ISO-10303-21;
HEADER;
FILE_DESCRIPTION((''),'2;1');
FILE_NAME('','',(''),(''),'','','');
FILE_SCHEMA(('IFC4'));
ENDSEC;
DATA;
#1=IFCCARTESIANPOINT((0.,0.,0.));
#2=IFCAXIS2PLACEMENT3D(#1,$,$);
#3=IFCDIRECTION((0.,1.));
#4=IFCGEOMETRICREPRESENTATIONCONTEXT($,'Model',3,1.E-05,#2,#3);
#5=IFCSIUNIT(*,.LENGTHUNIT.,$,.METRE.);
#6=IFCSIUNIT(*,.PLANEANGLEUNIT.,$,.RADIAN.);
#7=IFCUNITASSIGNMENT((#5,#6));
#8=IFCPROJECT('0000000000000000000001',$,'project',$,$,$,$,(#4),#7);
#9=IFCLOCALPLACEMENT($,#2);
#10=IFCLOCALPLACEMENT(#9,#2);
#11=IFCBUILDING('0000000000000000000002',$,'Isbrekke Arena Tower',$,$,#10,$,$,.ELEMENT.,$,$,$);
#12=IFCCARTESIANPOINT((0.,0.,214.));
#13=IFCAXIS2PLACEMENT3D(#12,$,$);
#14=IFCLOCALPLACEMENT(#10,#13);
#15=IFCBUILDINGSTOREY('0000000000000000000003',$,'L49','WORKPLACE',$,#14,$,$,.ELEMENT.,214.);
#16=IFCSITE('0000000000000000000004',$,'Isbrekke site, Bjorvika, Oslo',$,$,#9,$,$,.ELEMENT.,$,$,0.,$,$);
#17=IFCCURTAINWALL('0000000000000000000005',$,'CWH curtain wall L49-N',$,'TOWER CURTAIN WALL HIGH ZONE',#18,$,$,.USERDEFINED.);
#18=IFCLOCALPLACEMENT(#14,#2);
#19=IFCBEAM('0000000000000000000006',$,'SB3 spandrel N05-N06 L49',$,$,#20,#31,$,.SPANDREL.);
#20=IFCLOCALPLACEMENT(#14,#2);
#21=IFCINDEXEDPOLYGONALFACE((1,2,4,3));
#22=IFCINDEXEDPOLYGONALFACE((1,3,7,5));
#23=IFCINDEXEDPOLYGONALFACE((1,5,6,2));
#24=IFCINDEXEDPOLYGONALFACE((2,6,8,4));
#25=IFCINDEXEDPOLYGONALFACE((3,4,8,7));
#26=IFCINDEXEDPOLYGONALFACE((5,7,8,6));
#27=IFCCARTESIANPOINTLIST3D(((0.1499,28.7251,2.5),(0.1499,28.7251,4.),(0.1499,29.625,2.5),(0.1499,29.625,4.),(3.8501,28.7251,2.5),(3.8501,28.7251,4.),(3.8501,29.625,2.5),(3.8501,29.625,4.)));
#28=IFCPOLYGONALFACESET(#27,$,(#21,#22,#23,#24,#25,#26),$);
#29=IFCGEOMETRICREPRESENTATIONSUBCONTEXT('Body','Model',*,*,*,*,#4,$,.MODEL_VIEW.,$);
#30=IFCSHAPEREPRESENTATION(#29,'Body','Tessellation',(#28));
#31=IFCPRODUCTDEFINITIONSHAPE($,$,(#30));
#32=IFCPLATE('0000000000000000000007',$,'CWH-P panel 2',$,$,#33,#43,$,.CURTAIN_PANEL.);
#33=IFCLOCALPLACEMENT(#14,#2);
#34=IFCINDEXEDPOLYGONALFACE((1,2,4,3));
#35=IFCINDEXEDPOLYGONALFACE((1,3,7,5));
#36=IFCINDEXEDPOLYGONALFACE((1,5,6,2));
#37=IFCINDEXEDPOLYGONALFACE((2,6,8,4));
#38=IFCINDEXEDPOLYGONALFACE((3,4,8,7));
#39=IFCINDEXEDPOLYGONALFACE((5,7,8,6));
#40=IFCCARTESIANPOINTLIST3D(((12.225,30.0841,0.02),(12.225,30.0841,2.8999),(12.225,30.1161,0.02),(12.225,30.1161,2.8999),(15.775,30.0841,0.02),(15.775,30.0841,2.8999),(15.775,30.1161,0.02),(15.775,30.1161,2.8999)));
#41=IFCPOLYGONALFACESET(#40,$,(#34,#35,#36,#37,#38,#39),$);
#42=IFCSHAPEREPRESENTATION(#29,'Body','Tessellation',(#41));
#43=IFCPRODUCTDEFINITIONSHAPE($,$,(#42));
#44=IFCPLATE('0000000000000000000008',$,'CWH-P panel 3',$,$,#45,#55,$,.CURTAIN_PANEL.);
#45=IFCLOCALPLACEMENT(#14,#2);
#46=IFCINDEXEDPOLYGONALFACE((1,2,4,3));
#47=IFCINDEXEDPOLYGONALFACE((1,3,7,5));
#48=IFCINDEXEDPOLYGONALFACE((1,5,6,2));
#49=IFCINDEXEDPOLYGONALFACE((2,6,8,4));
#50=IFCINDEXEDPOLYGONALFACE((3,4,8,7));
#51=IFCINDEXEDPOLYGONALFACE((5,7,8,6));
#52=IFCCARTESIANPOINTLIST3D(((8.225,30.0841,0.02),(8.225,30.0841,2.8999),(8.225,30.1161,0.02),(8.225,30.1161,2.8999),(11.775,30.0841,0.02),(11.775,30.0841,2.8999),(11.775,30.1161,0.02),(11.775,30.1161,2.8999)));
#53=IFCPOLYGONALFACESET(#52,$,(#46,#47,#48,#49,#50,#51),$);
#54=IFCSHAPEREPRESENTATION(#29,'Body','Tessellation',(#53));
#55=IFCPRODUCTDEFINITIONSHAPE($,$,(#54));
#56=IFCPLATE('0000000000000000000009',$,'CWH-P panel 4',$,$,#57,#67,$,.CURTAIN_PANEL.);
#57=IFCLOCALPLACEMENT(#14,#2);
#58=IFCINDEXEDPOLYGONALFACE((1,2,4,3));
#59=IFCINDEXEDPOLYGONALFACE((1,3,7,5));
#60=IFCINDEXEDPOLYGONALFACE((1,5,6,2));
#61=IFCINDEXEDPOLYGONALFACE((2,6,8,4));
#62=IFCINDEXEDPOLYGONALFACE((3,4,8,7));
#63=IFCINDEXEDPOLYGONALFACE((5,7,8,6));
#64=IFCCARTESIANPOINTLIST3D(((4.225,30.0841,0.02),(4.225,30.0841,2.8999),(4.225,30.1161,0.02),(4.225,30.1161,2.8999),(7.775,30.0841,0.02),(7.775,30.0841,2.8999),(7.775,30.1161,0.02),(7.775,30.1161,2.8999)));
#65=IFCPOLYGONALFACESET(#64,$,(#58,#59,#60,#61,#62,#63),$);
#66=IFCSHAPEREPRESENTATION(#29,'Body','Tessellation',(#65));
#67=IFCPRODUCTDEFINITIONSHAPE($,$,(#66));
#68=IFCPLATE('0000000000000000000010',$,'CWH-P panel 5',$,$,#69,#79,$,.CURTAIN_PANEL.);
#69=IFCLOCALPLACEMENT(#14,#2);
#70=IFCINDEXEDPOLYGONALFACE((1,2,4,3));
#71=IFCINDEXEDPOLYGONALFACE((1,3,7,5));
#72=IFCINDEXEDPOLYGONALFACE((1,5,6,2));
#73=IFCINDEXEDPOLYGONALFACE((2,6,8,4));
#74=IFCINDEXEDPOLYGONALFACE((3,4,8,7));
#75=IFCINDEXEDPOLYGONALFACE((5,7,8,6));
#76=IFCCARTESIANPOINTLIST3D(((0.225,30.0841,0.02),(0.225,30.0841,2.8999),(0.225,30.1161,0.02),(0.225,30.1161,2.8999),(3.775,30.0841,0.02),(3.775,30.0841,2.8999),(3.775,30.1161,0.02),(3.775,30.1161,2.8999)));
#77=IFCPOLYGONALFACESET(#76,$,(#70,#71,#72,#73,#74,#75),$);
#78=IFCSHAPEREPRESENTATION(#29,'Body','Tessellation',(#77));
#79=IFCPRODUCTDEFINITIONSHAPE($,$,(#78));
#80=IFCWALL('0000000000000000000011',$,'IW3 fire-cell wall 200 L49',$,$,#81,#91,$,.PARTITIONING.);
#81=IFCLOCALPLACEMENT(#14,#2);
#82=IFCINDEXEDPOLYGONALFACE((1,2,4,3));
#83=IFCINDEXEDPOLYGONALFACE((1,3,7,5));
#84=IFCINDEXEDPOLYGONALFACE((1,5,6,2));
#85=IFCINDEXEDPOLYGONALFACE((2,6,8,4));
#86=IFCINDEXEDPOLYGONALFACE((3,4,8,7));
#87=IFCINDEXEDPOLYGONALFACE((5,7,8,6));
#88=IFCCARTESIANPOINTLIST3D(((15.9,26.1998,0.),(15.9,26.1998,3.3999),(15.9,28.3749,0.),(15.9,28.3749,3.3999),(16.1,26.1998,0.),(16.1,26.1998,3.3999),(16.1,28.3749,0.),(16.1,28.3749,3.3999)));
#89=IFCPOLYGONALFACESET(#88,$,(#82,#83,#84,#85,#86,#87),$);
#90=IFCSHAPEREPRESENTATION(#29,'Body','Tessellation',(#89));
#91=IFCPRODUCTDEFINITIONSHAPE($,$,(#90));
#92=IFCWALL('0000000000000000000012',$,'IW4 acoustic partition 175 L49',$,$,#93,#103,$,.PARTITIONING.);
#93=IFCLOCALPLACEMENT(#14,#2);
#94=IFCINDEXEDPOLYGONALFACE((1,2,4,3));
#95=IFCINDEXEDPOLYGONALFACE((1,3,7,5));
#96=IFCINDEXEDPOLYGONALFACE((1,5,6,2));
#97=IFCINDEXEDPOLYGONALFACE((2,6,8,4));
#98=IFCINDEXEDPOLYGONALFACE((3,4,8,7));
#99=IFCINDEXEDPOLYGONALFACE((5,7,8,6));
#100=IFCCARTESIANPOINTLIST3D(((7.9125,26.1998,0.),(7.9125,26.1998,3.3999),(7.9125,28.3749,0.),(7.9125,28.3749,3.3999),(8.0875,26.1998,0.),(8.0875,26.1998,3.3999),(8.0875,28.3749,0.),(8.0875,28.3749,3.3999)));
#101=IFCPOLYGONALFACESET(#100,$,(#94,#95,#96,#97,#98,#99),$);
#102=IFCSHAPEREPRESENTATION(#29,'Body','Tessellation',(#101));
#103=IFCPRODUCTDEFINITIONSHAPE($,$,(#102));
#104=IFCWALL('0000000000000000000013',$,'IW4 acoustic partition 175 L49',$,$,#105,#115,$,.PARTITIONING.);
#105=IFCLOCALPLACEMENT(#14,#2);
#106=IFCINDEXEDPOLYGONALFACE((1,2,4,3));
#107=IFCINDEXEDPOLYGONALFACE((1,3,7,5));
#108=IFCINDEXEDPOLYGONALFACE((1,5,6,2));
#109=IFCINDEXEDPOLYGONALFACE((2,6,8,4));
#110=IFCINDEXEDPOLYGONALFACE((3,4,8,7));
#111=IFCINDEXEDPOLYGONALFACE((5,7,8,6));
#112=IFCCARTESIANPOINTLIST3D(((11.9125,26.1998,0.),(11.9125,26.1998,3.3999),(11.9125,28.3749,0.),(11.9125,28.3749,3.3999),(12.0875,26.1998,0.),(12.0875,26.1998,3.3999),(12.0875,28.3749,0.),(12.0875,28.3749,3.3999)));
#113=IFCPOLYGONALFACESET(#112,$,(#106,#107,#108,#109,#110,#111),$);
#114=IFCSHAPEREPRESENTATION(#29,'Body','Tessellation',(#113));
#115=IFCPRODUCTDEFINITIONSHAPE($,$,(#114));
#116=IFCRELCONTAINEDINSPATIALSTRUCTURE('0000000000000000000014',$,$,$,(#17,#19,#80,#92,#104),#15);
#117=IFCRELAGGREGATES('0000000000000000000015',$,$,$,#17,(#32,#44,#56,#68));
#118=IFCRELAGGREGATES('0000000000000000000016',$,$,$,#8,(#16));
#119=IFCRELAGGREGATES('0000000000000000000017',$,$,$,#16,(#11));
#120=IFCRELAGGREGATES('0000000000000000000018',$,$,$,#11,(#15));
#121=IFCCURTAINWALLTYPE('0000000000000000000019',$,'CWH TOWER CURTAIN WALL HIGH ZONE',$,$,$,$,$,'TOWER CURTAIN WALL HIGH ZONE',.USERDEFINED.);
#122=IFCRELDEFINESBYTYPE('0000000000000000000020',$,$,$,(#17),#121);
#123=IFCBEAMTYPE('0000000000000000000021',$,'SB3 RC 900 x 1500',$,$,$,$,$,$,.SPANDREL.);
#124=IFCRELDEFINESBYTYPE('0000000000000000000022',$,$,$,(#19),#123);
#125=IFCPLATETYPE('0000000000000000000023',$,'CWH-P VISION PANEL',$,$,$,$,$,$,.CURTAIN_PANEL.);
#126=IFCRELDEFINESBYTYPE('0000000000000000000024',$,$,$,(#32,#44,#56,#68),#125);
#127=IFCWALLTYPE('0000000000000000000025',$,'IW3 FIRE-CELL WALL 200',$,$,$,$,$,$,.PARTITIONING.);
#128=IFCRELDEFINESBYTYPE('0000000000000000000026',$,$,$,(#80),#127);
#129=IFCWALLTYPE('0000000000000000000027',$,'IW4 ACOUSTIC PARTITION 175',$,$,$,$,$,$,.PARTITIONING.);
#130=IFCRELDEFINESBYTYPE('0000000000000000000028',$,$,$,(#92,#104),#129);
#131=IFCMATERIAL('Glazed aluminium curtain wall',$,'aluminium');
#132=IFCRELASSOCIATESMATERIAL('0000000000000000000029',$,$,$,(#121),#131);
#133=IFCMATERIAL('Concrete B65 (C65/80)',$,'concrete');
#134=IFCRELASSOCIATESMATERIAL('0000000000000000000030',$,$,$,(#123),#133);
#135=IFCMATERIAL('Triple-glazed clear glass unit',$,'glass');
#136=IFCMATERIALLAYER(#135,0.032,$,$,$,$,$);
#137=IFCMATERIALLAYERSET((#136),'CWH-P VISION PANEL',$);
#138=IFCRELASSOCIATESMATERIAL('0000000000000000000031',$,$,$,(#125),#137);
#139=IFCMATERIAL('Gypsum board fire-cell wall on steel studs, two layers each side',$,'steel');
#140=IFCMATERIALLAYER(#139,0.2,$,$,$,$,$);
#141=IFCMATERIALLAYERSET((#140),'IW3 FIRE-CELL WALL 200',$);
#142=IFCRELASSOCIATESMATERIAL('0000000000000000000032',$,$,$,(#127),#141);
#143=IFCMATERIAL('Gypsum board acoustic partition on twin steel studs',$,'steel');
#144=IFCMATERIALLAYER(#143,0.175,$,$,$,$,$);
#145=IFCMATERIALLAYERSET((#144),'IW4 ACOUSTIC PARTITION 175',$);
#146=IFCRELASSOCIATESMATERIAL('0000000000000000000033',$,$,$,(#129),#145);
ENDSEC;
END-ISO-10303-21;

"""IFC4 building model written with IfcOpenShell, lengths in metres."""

from ifc_helpers import new_model, si_unit, direction, frame, frame_2d, origin, origin_2d, place, context, subcontext, project, spatial, rectangle, extrude, material, layer, layer_set, material_profile, profile_set, type_object, element, aggregate, save


model = new_model("IFC4")

# Units and contexts
model_context = context("Model", 3, precision=1e-05, world=origin(), true_north=direction((0.0, 1.0)))
body_context = subcontext(model_context, "Body", "Model", "MODEL_VIEW")
ifc_project = project(units=[si_unit("LENGTHUNIT", "METRE"), si_unit("PLANEANGLEUNIT", "RADIAN")], contexts=[model_context])

# Site, building, storey
site_placement = place(None, origin())
site = spatial("IfcSite", under=ifc_project, at=site_placement, Name="Isbrekke site, Bjorvika, Oslo", CompositionType="ELEMENT", RefElevation=0.0)
building_placement = place(site_placement, origin())
building = spatial("IfcBuilding", under=site, at=building_placement, Name="Isbrekke Arena Tower", CompositionType="ELEMENT")
storey_placement = place(building_placement, frame((0.0, 0.0, 214.0)))
storey = spatial("IfcBuildingStorey", under=building, at=storey_placement, Name="L49", Description="WORKPLACE", CompositionType="ELEMENT", Elevation=214.0)

# Curtain wall
ifc_material_1 = material(Name="Glazed aluminium curtain wall", Category="aluminium")
curtain_wall_type = type_object("IfcCurtainWallType", Name="CWH TOWER CURTAIN WALL HIGH ZONE", ElementType="TOWER CURTAIN WALL HIGH ZONE", PredefinedType="USERDEFINED", material=ifc_material_1)
curtain_wall_placement = place(storey_placement, origin())
curtain_wall = element("IfcCurtainWall", 1, at=curtain_wall_placement, inside=storey, type_object=curtain_wall_type, Name="CWH curtain wall L49-N", ObjectType="TOWER CURTAIN WALL HIGH ZONE", PredefinedType="USERDEFINED")

# Beam
ifc_material_2 = material(Name="Concrete B65 (C65/80)", Category="concrete")
ifc_material_profile_1 = material_profile(ifc_material_2, rectangle(XDim=0.8999, YDim=1.5, at=origin_2d()), Name="RC 900x1500")
ifc_profile_set_1 = profile_set([ifc_material_profile_1], Name="Concrete B65 (C65/80)")
beam_type_1 = type_object("IfcBeamType", Name="SB3 RC 900 x 1500", PredefinedType="SPANDREL", material=ifc_profile_set_1)
for number, where, z_axis, x_axis, name in (
    (2, (3.8501, 29.175, 3.25), (-1.0, 0.0, 0.0), (0.0, -1.0, 0.0), "SB3 spandrel N05-N06 L49"),
):
    element("IfcBeam", number, at=place(storey_placement, frame(where, z_axis=z_axis, x_axis=x_axis)), inside=storey, type_object=beam_type_1, Name=name, PredefinedType="SPANDREL", context=body_context, shape_type="SweptSolid", body=[
        extrude(rectangle(XDim=0.8999, YDim=1.5, at=origin_2d()), origin(), (0.0, 0.0, 1.0), 3.7002),
    ])

# Plates
ifc_material_3 = material(Name="Triple-glazed clear glass unit", Category="glass")
ifc_layer_1 = layer(ifc_material_3, 0.032)
ifc_layer_set_1 = layer_set([ifc_layer_1], Name="CWH-P VISION PANEL")
plate_type = type_object("IfcPlateType", Name="CWH-P VISION PANEL", PredefinedType="CURTAIN_PANEL", material=ifc_layer_set_1)
plate_1_placement = place(storey_placement, frame((14.0, 30.1001, 0.02), z_axis=(0.0, 0.0, 1.0), x_axis=(-1.0, 0.0, 0.0)))
plate_1 = element("IfcPlate", 3, at=plate_1_placement, type_object=plate_type, Name="CWH-P panel 2", PredefinedType="CURTAIN_PANEL", context=body_context, shape_type="SweptSolid", body=[
    extrude(rectangle(XDim=3.55, YDim=0.032, at=origin_2d()), origin(), (0.0, 0.0, 1.0), 2.8799),
])
plate_2_placement = place(storey_placement, frame((10.0, 30.1001, 0.02), z_axis=(0.0, 0.0, 1.0), x_axis=(-1.0, 0.0, 0.0)))
plate_2 = element("IfcPlate", 4, at=plate_2_placement, type_object=plate_type, Name="CWH-P panel 3", PredefinedType="CURTAIN_PANEL", context=body_context, shape_type="SweptSolid", body=[
    extrude(rectangle(XDim=3.55, YDim=0.032, at=origin_2d()), origin(), (0.0, 0.0, 1.0), 2.8799),
])
plate_3_placement = place(storey_placement, frame((6.0, 30.1001, 0.02), z_axis=(0.0, 0.0, 1.0), x_axis=(-1.0, 0.0, 0.0)))
plate_3 = element("IfcPlate", 5, at=plate_3_placement, type_object=plate_type, Name="CWH-P panel 4", PredefinedType="CURTAIN_PANEL", context=body_context, shape_type="SweptSolid", body=[
    extrude(rectangle(XDim=3.55, YDim=0.032, at=origin_2d()), origin(), (0.0, 0.0, 1.0), 2.8799),
])
plate_4_placement = place(storey_placement, frame((2.0, 30.1001, 0.02), z_axis=(0.0, 0.0, 1.0), x_axis=(-1.0, 0.0, 0.0)))
plate_4 = element("IfcPlate", 6, at=plate_4_placement, type_object=plate_type, Name="CWH-P panel 5", PredefinedType="CURTAIN_PANEL", context=body_context, shape_type="SweptSolid", body=[
    extrude(rectangle(XDim=3.55, YDim=0.032, at=origin_2d()), origin(), (0.0, 0.0, 1.0), 2.8799),
])
aggregate(curtain_wall, [plate_1, plate_2, plate_3, plate_4])

# Walls
ifc_material_4 = material(Name="Gypsum board fire-cell wall on steel studs, two layers each side", Category="steel")
ifc_layer_2 = layer(ifc_material_4, 0.2)
ifc_layer_set_2 = layer_set([ifc_layer_2], Name="IW3 FIRE-CELL WALL 200")
wall_type_1 = type_object("IfcWallType", Name="IW3 FIRE-CELL WALL 200", PredefinedType="PARTITIONING", material=ifc_layer_set_2)
wall_placement = place(storey_placement, frame((16.0, 26.2, 0.0), z_axis=(0.0, 0.0, 1.0), x_axis=(0.0, 1.0, 0.0)))
element("IfcWall", 7, at=wall_placement, inside=storey, type_object=wall_type_1, Name="IW3 fire-cell wall 200 L49", PredefinedType="PARTITIONING", context=body_context, shape_type="SweptSolid", body=[
    extrude(rectangle(XDim=2.175, YDim=0.2, at=frame_2d((1.0874, 0.0))), origin(), (0.0, 0.0, 1.0), 3.3999),
])
ifc_material_5 = material(Name="Gypsum board acoustic partition on twin steel studs", Category="steel")
ifc_layer_3 = layer(ifc_material_5, 0.175)
ifc_layer_set_3 = layer_set([ifc_layer_3], Name="IW4 ACOUSTIC PARTITION 175")
wall_type_2 = type_object("IfcWallType", Name="IW4 ACOUSTIC PARTITION 175", PredefinedType="PARTITIONING", material=ifc_layer_set_3)
for number, where, z_axis, x_axis, name in (
    (8, (8.0, 26.2, 0.0), (0.0, 0.0, 1.0), (0.0, 1.0, 0.0), "IW4 acoustic partition 175 L49"),
    (9, (12.0, 26.2, 0.0), (0.0, 0.0, 1.0), (0.0, 1.0, 0.0), "IW4 acoustic partition 175 L49"),
):
    element("IfcWall", number, at=place(storey_placement, frame(where, z_axis=z_axis, x_axis=x_axis)), inside=storey, type_object=wall_type_2, Name=name, PredefinedType="PARTITIONING", context=body_context, shape_type="SweptSolid", body=[
        extrude(rectangle(XDim=2.175, YDim=0.175, at=frame_2d((1.0874, 0.0))), origin(), (0.0, 0.0, 1.0), 3.3999),
    ])

save(model, "model.ifc")
